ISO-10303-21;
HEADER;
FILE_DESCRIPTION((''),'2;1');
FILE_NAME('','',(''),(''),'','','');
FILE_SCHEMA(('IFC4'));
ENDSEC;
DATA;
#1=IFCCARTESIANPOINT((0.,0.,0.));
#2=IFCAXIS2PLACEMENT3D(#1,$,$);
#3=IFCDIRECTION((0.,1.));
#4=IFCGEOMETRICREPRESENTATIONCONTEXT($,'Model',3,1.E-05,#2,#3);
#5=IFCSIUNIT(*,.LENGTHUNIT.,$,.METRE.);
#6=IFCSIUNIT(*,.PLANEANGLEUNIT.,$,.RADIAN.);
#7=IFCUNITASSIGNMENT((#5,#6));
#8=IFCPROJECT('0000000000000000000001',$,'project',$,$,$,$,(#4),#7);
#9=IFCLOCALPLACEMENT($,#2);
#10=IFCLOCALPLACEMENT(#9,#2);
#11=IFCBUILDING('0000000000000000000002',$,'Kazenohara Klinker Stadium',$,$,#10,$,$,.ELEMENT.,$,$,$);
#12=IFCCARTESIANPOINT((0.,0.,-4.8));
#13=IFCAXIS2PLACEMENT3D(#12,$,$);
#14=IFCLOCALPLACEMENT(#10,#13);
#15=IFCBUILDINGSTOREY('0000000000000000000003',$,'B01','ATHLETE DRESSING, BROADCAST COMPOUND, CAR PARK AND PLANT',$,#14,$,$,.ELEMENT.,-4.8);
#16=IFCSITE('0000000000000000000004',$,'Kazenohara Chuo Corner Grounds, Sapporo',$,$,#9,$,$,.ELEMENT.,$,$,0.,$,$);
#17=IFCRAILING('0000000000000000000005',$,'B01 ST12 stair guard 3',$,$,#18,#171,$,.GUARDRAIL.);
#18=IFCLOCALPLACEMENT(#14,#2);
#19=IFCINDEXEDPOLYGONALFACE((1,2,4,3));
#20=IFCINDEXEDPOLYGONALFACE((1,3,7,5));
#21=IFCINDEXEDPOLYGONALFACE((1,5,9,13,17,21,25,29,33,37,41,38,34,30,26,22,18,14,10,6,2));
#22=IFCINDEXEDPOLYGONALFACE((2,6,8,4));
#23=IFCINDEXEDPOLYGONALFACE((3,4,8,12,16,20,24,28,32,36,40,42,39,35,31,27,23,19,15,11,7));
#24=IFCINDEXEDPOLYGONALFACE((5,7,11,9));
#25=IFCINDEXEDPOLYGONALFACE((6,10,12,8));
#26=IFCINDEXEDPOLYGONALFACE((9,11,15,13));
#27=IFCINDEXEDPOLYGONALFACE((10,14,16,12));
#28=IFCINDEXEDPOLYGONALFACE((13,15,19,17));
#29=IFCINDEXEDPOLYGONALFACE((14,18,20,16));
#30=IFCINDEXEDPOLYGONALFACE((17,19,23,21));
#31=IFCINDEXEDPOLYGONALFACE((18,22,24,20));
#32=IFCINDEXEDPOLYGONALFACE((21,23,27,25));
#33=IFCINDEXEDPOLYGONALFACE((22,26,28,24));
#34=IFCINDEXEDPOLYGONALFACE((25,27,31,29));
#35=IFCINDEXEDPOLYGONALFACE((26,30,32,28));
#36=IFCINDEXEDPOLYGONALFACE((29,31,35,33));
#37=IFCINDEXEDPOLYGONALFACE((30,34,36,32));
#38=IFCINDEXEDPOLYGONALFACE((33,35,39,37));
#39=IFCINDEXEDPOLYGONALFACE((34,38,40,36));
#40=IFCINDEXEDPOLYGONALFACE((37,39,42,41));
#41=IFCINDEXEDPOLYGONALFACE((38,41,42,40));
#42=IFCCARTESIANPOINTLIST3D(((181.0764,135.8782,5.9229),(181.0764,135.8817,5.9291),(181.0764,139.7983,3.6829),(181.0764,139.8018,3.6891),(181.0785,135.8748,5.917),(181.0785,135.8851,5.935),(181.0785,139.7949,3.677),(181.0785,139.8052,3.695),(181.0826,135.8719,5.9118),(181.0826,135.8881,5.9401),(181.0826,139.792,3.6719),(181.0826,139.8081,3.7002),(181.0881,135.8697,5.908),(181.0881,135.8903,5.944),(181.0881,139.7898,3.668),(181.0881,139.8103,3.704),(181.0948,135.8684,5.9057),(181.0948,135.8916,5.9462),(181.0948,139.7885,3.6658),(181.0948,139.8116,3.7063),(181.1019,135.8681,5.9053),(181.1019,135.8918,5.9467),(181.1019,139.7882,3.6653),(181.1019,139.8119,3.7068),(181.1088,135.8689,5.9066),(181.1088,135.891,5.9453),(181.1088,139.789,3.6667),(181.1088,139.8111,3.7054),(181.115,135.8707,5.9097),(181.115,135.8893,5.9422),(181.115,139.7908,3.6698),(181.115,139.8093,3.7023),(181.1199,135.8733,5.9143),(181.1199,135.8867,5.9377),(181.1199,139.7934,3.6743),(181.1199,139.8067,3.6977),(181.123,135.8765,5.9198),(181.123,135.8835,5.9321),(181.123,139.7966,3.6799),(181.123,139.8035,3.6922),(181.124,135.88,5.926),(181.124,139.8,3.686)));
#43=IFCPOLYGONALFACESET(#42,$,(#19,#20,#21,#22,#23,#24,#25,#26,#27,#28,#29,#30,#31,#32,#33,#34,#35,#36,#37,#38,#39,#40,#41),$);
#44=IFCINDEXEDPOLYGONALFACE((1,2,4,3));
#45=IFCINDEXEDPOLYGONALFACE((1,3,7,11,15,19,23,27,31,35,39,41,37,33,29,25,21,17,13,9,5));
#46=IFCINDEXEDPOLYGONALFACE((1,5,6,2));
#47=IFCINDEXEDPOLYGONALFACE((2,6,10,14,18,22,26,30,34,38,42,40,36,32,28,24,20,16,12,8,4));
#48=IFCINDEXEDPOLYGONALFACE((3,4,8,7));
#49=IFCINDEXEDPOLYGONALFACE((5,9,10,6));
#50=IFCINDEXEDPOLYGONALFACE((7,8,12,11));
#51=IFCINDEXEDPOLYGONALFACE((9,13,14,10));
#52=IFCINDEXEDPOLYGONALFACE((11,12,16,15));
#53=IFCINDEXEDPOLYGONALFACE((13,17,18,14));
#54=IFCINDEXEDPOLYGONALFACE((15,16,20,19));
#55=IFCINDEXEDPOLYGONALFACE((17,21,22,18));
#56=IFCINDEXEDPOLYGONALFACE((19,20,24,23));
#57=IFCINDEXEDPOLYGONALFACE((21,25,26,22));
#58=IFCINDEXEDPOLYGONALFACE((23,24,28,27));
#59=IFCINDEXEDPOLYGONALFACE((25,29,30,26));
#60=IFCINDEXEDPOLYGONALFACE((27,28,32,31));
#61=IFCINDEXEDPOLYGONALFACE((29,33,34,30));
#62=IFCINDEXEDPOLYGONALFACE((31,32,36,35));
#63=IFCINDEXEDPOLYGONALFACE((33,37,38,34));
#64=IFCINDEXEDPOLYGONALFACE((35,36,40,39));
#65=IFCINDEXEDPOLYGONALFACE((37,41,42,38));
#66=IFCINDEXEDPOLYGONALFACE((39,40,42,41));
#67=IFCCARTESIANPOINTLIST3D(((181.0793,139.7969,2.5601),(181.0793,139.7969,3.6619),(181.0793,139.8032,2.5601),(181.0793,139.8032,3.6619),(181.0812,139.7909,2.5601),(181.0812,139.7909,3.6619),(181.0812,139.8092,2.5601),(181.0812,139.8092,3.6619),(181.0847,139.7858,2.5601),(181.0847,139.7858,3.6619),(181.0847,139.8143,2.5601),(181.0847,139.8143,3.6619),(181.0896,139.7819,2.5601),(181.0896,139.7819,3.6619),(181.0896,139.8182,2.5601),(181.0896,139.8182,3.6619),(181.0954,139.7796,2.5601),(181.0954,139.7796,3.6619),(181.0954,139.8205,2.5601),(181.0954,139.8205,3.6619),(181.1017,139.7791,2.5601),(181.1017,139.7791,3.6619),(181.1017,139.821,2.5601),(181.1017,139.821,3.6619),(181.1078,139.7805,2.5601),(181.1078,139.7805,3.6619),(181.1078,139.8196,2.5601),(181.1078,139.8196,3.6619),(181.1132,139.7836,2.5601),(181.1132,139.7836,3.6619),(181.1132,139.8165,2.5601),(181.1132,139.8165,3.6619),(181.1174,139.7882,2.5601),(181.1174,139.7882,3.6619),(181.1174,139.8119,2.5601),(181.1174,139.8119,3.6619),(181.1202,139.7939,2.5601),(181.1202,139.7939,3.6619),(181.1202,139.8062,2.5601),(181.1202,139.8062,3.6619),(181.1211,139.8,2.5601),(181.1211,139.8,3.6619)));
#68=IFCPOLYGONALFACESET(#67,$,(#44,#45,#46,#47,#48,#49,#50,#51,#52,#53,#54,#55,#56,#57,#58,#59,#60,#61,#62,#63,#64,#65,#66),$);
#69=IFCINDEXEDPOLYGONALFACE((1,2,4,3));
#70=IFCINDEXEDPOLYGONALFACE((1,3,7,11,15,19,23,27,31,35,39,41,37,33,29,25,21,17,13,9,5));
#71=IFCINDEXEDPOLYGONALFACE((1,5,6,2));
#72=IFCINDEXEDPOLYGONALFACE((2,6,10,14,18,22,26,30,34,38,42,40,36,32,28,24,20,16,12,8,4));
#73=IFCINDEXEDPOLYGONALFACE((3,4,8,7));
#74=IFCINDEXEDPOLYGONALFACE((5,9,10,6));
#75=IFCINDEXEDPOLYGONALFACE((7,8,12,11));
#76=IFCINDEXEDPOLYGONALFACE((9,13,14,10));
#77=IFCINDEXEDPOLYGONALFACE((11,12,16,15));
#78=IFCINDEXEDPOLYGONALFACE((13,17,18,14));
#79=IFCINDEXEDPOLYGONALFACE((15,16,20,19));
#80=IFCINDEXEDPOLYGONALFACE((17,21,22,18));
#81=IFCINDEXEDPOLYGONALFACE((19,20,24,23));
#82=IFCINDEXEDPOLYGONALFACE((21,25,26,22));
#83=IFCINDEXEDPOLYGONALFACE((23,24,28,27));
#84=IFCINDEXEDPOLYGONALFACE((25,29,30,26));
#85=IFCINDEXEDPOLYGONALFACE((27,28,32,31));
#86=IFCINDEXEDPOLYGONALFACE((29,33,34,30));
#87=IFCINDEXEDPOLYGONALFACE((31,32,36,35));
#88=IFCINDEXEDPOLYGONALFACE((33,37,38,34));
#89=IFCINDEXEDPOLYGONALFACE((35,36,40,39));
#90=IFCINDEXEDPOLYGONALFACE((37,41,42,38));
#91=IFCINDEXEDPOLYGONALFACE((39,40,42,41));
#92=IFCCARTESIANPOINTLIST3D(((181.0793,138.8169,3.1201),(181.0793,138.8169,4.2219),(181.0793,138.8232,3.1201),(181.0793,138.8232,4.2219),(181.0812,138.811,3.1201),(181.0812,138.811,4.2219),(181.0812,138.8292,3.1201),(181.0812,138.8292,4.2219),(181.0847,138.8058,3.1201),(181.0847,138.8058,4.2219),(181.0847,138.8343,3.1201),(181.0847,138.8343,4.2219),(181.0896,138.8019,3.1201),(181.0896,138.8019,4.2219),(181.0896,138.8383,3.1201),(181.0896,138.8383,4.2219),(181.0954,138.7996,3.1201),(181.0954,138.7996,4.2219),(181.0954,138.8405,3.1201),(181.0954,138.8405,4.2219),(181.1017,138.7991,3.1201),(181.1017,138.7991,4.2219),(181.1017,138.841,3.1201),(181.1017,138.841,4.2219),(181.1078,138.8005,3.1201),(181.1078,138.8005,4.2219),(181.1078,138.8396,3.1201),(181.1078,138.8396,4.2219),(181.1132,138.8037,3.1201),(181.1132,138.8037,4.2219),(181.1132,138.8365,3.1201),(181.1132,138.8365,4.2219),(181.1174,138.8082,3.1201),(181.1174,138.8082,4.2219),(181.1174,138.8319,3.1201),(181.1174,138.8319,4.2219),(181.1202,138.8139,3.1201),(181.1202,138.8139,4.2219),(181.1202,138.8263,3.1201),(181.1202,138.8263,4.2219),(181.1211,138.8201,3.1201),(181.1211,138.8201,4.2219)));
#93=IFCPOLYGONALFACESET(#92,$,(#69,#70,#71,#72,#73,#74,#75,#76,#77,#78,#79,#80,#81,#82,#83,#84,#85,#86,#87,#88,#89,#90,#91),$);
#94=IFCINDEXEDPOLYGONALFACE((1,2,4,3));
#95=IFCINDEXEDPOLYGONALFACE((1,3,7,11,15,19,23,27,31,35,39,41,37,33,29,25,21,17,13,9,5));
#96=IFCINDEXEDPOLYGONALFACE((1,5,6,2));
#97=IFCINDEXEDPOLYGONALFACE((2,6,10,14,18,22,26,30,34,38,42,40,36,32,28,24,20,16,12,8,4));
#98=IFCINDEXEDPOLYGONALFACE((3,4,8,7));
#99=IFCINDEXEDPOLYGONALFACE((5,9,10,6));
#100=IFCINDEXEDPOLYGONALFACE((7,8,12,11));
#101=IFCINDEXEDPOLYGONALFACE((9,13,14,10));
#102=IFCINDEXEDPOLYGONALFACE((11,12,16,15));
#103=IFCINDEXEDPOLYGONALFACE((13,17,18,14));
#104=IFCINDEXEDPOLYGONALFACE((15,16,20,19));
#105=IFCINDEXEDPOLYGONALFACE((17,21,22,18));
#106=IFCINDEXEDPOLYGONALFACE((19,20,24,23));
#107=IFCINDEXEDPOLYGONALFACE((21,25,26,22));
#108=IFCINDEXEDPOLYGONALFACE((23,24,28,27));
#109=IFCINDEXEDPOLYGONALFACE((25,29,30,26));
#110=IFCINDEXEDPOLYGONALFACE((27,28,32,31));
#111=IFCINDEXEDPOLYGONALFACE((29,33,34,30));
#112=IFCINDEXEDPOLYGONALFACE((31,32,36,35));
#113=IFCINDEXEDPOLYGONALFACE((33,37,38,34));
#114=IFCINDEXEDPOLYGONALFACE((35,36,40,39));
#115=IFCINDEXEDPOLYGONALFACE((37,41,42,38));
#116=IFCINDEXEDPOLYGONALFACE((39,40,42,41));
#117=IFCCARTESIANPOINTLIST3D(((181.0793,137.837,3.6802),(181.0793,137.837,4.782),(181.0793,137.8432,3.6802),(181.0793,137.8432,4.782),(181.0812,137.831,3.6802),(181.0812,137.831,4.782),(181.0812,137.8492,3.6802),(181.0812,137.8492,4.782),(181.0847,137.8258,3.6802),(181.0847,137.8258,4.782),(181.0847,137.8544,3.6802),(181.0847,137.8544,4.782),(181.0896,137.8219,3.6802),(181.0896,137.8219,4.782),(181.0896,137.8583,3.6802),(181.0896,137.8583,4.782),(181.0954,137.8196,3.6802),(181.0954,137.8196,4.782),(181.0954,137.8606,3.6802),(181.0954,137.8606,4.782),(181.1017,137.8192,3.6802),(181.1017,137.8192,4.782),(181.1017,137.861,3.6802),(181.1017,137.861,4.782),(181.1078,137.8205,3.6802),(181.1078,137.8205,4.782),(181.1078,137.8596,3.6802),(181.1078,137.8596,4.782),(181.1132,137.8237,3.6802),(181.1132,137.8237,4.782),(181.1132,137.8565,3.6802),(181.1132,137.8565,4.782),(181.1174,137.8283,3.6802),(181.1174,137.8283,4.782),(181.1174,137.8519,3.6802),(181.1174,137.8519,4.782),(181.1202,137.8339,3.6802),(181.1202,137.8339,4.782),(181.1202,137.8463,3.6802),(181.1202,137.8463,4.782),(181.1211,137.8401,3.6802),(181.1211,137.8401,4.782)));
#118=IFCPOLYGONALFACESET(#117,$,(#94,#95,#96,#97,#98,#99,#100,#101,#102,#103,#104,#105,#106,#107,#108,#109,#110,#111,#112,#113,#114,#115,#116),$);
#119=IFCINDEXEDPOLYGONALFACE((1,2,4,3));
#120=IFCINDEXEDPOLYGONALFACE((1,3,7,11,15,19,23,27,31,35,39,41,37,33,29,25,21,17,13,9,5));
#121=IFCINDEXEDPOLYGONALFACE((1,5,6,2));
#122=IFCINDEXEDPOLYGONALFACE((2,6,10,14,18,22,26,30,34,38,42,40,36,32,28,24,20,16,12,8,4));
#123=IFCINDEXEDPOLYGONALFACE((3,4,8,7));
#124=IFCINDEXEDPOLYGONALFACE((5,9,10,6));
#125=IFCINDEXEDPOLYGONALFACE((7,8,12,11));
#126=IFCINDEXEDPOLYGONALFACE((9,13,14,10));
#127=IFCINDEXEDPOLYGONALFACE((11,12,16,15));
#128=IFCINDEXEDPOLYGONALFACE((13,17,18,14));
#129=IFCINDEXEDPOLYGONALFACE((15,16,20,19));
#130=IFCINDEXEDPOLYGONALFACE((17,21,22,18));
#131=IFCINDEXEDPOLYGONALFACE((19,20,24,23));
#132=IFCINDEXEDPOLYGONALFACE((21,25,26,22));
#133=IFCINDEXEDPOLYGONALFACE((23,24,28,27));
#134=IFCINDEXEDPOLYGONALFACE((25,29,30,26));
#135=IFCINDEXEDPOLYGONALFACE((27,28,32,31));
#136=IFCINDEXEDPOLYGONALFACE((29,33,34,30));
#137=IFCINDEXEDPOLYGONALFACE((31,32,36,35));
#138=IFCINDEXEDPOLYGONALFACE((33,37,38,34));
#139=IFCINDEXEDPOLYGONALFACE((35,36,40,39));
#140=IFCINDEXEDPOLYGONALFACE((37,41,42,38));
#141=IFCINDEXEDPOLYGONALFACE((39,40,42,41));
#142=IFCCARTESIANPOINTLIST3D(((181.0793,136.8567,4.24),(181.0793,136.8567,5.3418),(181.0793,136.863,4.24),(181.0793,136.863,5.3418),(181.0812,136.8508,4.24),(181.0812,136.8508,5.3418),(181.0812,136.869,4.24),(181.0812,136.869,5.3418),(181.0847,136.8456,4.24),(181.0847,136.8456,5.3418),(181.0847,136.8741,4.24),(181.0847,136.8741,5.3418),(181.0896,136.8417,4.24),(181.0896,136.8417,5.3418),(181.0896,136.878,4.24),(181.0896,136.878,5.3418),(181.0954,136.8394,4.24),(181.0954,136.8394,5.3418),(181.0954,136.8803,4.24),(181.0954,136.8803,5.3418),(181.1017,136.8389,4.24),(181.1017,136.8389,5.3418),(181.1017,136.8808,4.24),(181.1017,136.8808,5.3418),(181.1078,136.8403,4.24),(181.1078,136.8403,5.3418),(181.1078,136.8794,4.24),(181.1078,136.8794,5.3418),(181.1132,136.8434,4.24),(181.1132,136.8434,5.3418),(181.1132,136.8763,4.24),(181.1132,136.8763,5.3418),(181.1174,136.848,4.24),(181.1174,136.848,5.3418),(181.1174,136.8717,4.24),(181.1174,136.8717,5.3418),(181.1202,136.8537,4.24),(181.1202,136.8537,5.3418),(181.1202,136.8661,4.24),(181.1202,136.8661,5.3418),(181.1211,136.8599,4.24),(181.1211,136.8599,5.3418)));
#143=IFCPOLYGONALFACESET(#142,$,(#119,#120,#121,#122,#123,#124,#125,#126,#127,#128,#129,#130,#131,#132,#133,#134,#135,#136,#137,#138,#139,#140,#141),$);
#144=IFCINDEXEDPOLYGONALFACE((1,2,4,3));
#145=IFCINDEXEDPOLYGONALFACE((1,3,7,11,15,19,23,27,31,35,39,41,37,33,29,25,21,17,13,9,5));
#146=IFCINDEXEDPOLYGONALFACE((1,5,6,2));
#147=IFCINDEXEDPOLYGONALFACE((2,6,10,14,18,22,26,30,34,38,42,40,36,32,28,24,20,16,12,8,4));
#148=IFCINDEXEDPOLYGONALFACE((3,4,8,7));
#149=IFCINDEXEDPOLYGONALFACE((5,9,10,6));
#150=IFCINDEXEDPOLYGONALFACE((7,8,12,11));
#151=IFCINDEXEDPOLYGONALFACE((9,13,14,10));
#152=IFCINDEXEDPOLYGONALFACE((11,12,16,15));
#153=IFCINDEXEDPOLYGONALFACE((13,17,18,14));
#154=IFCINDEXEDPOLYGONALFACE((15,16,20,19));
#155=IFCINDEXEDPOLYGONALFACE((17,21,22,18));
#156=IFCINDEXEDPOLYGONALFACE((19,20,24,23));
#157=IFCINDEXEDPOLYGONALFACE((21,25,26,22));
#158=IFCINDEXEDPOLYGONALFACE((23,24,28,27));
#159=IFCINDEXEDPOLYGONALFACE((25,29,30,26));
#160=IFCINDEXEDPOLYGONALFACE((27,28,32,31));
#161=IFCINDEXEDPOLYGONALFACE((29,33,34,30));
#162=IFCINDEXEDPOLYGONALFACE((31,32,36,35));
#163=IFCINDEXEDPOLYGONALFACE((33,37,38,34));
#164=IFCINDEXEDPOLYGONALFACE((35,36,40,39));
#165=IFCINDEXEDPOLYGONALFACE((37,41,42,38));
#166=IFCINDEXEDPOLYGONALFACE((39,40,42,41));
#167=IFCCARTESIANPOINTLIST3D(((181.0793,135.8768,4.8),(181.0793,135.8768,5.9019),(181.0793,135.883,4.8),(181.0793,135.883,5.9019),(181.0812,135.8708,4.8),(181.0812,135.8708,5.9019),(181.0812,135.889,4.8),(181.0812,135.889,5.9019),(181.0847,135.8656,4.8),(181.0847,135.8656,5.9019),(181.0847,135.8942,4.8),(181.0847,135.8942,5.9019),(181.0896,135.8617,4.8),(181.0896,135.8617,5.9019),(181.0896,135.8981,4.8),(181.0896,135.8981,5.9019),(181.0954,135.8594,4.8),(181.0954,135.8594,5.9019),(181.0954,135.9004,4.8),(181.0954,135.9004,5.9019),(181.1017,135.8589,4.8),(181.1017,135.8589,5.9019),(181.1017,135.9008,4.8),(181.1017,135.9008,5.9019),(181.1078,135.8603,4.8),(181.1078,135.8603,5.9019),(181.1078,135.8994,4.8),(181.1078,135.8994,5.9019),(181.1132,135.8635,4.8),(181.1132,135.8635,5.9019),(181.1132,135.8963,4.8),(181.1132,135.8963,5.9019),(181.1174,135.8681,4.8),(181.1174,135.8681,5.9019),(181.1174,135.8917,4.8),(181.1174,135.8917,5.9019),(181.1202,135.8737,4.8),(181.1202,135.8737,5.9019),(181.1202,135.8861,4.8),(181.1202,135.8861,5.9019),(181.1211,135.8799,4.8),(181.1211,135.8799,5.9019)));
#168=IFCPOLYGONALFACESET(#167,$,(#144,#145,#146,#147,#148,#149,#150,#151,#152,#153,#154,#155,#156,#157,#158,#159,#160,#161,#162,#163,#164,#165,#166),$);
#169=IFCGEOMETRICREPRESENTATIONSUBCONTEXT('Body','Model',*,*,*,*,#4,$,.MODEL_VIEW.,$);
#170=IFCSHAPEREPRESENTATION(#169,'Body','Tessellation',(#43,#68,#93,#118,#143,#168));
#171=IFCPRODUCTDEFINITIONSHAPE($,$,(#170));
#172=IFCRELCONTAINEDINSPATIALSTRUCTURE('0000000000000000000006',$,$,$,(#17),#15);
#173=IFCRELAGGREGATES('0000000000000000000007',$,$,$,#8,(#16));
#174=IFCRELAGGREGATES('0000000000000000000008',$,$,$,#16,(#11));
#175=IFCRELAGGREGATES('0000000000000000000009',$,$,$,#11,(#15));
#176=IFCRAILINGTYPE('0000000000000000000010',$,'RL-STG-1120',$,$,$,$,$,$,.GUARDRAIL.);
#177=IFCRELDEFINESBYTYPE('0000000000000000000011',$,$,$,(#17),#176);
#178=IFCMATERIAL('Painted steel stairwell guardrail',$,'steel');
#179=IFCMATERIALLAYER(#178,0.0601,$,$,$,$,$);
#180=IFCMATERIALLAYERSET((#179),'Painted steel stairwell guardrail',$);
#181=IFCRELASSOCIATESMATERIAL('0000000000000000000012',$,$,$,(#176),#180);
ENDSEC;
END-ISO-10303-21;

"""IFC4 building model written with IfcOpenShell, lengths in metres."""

from ifc_helpers import new_model, si_unit, direction, frame, origin, origin_2d, place, context, subcontext, project, spatial, circle, extrude, material, layer, layer_set, type_object, element, save


model = new_model("IFC4")

# Units and contexts
model_context = context("Model", 3, precision=1e-05, world=origin(), true_north=direction((0.0, 1.0)))
body_context = subcontext(model_context, "Body", "Model", "MODEL_VIEW")
ifc_project = project(units=[si_unit("LENGTHUNIT", "METRE"), si_unit("PLANEANGLEUNIT", "RADIAN")], contexts=[model_context])

# Site, building, storey
site_placement = place(None, origin())
site = spatial("IfcSite", under=ifc_project, at=site_placement, Name="Kazenohara Chuo Corner Grounds, Sapporo", CompositionType="ELEMENT", RefElevation=0.0)
building_placement = place(site_placement, origin())
building = spatial("IfcBuilding", under=site, at=building_placement, Name="Kazenohara Klinker Stadium", CompositionType="ELEMENT")
storey_placement = place(building_placement, frame((0.0, 0.0, -4.8)))
storey = spatial("IfcBuildingStorey", under=building, at=storey_placement, Name="B01", Description="ATHLETE DRESSING, BROADCAST COMPOUND, CAR PARK AND PLANT", CompositionType="ELEMENT", Elevation=-4.8)

# Railing
ifc_material_1 = material(Name="Painted steel stairwell guardrail", Category="steel")
ifc_layer_1 = layer(ifc_material_1, 0.0601)
ifc_layer_set_1 = layer_set([ifc_layer_1], Name="Painted steel stairwell guardrail")
railing_type_1 = type_object("IfcRailingType", Name="RL-STG-1120", PredefinedType="GUARDRAIL", material=ifc_layer_set_1)
railing_1_placement = place(storey_placement, frame((181.1001, 139.8, 2.5601)))
element("IfcRailing", 1, at=railing_1_placement, inside=storey, type_object=railing_type_1, Name="B01 ST12 stair guard 3", PredefinedType="GUARDRAIL", context=body_context, shape_type="SweptSolid", body=[
    extrude(circle(Radius=0.0239, at=origin_2d()), frame((0.0, 0.0, 1.126), z_axis=(0.0, -0.868253, 0.496121), x_axis=(1.0, 0.0, 0.0)), (0.0, 0.0, 1.0), 4.5149),
    extrude(circle(Radius=0.021, at=origin_2d()), origin(), (0.0, 0.0, 1.0), 1.1018),
    extrude(circle(Radius=0.021, at=origin_2d()), frame((0.0, -0.98, 0.5601)), (0.0, 0.0, 1.0), 1.1018),
    extrude(circle(Radius=0.021, at=origin_2d()), frame((0.0, -1.96, 1.1201)), (0.0, 0.0, 1.0), 1.1018),
    extrude(circle(Radius=0.021, at=origin_2d()), frame((0.0, -2.9402, 1.6799)), (0.0, 0.0, 1.0), 1.1018),
    extrude(circle(Radius=0.021, at=origin_2d()), frame((0.0, -3.9202, 2.24)), (0.0, 0.0, 1.0), 1.1018),
])

save(model, "model.ifc")
